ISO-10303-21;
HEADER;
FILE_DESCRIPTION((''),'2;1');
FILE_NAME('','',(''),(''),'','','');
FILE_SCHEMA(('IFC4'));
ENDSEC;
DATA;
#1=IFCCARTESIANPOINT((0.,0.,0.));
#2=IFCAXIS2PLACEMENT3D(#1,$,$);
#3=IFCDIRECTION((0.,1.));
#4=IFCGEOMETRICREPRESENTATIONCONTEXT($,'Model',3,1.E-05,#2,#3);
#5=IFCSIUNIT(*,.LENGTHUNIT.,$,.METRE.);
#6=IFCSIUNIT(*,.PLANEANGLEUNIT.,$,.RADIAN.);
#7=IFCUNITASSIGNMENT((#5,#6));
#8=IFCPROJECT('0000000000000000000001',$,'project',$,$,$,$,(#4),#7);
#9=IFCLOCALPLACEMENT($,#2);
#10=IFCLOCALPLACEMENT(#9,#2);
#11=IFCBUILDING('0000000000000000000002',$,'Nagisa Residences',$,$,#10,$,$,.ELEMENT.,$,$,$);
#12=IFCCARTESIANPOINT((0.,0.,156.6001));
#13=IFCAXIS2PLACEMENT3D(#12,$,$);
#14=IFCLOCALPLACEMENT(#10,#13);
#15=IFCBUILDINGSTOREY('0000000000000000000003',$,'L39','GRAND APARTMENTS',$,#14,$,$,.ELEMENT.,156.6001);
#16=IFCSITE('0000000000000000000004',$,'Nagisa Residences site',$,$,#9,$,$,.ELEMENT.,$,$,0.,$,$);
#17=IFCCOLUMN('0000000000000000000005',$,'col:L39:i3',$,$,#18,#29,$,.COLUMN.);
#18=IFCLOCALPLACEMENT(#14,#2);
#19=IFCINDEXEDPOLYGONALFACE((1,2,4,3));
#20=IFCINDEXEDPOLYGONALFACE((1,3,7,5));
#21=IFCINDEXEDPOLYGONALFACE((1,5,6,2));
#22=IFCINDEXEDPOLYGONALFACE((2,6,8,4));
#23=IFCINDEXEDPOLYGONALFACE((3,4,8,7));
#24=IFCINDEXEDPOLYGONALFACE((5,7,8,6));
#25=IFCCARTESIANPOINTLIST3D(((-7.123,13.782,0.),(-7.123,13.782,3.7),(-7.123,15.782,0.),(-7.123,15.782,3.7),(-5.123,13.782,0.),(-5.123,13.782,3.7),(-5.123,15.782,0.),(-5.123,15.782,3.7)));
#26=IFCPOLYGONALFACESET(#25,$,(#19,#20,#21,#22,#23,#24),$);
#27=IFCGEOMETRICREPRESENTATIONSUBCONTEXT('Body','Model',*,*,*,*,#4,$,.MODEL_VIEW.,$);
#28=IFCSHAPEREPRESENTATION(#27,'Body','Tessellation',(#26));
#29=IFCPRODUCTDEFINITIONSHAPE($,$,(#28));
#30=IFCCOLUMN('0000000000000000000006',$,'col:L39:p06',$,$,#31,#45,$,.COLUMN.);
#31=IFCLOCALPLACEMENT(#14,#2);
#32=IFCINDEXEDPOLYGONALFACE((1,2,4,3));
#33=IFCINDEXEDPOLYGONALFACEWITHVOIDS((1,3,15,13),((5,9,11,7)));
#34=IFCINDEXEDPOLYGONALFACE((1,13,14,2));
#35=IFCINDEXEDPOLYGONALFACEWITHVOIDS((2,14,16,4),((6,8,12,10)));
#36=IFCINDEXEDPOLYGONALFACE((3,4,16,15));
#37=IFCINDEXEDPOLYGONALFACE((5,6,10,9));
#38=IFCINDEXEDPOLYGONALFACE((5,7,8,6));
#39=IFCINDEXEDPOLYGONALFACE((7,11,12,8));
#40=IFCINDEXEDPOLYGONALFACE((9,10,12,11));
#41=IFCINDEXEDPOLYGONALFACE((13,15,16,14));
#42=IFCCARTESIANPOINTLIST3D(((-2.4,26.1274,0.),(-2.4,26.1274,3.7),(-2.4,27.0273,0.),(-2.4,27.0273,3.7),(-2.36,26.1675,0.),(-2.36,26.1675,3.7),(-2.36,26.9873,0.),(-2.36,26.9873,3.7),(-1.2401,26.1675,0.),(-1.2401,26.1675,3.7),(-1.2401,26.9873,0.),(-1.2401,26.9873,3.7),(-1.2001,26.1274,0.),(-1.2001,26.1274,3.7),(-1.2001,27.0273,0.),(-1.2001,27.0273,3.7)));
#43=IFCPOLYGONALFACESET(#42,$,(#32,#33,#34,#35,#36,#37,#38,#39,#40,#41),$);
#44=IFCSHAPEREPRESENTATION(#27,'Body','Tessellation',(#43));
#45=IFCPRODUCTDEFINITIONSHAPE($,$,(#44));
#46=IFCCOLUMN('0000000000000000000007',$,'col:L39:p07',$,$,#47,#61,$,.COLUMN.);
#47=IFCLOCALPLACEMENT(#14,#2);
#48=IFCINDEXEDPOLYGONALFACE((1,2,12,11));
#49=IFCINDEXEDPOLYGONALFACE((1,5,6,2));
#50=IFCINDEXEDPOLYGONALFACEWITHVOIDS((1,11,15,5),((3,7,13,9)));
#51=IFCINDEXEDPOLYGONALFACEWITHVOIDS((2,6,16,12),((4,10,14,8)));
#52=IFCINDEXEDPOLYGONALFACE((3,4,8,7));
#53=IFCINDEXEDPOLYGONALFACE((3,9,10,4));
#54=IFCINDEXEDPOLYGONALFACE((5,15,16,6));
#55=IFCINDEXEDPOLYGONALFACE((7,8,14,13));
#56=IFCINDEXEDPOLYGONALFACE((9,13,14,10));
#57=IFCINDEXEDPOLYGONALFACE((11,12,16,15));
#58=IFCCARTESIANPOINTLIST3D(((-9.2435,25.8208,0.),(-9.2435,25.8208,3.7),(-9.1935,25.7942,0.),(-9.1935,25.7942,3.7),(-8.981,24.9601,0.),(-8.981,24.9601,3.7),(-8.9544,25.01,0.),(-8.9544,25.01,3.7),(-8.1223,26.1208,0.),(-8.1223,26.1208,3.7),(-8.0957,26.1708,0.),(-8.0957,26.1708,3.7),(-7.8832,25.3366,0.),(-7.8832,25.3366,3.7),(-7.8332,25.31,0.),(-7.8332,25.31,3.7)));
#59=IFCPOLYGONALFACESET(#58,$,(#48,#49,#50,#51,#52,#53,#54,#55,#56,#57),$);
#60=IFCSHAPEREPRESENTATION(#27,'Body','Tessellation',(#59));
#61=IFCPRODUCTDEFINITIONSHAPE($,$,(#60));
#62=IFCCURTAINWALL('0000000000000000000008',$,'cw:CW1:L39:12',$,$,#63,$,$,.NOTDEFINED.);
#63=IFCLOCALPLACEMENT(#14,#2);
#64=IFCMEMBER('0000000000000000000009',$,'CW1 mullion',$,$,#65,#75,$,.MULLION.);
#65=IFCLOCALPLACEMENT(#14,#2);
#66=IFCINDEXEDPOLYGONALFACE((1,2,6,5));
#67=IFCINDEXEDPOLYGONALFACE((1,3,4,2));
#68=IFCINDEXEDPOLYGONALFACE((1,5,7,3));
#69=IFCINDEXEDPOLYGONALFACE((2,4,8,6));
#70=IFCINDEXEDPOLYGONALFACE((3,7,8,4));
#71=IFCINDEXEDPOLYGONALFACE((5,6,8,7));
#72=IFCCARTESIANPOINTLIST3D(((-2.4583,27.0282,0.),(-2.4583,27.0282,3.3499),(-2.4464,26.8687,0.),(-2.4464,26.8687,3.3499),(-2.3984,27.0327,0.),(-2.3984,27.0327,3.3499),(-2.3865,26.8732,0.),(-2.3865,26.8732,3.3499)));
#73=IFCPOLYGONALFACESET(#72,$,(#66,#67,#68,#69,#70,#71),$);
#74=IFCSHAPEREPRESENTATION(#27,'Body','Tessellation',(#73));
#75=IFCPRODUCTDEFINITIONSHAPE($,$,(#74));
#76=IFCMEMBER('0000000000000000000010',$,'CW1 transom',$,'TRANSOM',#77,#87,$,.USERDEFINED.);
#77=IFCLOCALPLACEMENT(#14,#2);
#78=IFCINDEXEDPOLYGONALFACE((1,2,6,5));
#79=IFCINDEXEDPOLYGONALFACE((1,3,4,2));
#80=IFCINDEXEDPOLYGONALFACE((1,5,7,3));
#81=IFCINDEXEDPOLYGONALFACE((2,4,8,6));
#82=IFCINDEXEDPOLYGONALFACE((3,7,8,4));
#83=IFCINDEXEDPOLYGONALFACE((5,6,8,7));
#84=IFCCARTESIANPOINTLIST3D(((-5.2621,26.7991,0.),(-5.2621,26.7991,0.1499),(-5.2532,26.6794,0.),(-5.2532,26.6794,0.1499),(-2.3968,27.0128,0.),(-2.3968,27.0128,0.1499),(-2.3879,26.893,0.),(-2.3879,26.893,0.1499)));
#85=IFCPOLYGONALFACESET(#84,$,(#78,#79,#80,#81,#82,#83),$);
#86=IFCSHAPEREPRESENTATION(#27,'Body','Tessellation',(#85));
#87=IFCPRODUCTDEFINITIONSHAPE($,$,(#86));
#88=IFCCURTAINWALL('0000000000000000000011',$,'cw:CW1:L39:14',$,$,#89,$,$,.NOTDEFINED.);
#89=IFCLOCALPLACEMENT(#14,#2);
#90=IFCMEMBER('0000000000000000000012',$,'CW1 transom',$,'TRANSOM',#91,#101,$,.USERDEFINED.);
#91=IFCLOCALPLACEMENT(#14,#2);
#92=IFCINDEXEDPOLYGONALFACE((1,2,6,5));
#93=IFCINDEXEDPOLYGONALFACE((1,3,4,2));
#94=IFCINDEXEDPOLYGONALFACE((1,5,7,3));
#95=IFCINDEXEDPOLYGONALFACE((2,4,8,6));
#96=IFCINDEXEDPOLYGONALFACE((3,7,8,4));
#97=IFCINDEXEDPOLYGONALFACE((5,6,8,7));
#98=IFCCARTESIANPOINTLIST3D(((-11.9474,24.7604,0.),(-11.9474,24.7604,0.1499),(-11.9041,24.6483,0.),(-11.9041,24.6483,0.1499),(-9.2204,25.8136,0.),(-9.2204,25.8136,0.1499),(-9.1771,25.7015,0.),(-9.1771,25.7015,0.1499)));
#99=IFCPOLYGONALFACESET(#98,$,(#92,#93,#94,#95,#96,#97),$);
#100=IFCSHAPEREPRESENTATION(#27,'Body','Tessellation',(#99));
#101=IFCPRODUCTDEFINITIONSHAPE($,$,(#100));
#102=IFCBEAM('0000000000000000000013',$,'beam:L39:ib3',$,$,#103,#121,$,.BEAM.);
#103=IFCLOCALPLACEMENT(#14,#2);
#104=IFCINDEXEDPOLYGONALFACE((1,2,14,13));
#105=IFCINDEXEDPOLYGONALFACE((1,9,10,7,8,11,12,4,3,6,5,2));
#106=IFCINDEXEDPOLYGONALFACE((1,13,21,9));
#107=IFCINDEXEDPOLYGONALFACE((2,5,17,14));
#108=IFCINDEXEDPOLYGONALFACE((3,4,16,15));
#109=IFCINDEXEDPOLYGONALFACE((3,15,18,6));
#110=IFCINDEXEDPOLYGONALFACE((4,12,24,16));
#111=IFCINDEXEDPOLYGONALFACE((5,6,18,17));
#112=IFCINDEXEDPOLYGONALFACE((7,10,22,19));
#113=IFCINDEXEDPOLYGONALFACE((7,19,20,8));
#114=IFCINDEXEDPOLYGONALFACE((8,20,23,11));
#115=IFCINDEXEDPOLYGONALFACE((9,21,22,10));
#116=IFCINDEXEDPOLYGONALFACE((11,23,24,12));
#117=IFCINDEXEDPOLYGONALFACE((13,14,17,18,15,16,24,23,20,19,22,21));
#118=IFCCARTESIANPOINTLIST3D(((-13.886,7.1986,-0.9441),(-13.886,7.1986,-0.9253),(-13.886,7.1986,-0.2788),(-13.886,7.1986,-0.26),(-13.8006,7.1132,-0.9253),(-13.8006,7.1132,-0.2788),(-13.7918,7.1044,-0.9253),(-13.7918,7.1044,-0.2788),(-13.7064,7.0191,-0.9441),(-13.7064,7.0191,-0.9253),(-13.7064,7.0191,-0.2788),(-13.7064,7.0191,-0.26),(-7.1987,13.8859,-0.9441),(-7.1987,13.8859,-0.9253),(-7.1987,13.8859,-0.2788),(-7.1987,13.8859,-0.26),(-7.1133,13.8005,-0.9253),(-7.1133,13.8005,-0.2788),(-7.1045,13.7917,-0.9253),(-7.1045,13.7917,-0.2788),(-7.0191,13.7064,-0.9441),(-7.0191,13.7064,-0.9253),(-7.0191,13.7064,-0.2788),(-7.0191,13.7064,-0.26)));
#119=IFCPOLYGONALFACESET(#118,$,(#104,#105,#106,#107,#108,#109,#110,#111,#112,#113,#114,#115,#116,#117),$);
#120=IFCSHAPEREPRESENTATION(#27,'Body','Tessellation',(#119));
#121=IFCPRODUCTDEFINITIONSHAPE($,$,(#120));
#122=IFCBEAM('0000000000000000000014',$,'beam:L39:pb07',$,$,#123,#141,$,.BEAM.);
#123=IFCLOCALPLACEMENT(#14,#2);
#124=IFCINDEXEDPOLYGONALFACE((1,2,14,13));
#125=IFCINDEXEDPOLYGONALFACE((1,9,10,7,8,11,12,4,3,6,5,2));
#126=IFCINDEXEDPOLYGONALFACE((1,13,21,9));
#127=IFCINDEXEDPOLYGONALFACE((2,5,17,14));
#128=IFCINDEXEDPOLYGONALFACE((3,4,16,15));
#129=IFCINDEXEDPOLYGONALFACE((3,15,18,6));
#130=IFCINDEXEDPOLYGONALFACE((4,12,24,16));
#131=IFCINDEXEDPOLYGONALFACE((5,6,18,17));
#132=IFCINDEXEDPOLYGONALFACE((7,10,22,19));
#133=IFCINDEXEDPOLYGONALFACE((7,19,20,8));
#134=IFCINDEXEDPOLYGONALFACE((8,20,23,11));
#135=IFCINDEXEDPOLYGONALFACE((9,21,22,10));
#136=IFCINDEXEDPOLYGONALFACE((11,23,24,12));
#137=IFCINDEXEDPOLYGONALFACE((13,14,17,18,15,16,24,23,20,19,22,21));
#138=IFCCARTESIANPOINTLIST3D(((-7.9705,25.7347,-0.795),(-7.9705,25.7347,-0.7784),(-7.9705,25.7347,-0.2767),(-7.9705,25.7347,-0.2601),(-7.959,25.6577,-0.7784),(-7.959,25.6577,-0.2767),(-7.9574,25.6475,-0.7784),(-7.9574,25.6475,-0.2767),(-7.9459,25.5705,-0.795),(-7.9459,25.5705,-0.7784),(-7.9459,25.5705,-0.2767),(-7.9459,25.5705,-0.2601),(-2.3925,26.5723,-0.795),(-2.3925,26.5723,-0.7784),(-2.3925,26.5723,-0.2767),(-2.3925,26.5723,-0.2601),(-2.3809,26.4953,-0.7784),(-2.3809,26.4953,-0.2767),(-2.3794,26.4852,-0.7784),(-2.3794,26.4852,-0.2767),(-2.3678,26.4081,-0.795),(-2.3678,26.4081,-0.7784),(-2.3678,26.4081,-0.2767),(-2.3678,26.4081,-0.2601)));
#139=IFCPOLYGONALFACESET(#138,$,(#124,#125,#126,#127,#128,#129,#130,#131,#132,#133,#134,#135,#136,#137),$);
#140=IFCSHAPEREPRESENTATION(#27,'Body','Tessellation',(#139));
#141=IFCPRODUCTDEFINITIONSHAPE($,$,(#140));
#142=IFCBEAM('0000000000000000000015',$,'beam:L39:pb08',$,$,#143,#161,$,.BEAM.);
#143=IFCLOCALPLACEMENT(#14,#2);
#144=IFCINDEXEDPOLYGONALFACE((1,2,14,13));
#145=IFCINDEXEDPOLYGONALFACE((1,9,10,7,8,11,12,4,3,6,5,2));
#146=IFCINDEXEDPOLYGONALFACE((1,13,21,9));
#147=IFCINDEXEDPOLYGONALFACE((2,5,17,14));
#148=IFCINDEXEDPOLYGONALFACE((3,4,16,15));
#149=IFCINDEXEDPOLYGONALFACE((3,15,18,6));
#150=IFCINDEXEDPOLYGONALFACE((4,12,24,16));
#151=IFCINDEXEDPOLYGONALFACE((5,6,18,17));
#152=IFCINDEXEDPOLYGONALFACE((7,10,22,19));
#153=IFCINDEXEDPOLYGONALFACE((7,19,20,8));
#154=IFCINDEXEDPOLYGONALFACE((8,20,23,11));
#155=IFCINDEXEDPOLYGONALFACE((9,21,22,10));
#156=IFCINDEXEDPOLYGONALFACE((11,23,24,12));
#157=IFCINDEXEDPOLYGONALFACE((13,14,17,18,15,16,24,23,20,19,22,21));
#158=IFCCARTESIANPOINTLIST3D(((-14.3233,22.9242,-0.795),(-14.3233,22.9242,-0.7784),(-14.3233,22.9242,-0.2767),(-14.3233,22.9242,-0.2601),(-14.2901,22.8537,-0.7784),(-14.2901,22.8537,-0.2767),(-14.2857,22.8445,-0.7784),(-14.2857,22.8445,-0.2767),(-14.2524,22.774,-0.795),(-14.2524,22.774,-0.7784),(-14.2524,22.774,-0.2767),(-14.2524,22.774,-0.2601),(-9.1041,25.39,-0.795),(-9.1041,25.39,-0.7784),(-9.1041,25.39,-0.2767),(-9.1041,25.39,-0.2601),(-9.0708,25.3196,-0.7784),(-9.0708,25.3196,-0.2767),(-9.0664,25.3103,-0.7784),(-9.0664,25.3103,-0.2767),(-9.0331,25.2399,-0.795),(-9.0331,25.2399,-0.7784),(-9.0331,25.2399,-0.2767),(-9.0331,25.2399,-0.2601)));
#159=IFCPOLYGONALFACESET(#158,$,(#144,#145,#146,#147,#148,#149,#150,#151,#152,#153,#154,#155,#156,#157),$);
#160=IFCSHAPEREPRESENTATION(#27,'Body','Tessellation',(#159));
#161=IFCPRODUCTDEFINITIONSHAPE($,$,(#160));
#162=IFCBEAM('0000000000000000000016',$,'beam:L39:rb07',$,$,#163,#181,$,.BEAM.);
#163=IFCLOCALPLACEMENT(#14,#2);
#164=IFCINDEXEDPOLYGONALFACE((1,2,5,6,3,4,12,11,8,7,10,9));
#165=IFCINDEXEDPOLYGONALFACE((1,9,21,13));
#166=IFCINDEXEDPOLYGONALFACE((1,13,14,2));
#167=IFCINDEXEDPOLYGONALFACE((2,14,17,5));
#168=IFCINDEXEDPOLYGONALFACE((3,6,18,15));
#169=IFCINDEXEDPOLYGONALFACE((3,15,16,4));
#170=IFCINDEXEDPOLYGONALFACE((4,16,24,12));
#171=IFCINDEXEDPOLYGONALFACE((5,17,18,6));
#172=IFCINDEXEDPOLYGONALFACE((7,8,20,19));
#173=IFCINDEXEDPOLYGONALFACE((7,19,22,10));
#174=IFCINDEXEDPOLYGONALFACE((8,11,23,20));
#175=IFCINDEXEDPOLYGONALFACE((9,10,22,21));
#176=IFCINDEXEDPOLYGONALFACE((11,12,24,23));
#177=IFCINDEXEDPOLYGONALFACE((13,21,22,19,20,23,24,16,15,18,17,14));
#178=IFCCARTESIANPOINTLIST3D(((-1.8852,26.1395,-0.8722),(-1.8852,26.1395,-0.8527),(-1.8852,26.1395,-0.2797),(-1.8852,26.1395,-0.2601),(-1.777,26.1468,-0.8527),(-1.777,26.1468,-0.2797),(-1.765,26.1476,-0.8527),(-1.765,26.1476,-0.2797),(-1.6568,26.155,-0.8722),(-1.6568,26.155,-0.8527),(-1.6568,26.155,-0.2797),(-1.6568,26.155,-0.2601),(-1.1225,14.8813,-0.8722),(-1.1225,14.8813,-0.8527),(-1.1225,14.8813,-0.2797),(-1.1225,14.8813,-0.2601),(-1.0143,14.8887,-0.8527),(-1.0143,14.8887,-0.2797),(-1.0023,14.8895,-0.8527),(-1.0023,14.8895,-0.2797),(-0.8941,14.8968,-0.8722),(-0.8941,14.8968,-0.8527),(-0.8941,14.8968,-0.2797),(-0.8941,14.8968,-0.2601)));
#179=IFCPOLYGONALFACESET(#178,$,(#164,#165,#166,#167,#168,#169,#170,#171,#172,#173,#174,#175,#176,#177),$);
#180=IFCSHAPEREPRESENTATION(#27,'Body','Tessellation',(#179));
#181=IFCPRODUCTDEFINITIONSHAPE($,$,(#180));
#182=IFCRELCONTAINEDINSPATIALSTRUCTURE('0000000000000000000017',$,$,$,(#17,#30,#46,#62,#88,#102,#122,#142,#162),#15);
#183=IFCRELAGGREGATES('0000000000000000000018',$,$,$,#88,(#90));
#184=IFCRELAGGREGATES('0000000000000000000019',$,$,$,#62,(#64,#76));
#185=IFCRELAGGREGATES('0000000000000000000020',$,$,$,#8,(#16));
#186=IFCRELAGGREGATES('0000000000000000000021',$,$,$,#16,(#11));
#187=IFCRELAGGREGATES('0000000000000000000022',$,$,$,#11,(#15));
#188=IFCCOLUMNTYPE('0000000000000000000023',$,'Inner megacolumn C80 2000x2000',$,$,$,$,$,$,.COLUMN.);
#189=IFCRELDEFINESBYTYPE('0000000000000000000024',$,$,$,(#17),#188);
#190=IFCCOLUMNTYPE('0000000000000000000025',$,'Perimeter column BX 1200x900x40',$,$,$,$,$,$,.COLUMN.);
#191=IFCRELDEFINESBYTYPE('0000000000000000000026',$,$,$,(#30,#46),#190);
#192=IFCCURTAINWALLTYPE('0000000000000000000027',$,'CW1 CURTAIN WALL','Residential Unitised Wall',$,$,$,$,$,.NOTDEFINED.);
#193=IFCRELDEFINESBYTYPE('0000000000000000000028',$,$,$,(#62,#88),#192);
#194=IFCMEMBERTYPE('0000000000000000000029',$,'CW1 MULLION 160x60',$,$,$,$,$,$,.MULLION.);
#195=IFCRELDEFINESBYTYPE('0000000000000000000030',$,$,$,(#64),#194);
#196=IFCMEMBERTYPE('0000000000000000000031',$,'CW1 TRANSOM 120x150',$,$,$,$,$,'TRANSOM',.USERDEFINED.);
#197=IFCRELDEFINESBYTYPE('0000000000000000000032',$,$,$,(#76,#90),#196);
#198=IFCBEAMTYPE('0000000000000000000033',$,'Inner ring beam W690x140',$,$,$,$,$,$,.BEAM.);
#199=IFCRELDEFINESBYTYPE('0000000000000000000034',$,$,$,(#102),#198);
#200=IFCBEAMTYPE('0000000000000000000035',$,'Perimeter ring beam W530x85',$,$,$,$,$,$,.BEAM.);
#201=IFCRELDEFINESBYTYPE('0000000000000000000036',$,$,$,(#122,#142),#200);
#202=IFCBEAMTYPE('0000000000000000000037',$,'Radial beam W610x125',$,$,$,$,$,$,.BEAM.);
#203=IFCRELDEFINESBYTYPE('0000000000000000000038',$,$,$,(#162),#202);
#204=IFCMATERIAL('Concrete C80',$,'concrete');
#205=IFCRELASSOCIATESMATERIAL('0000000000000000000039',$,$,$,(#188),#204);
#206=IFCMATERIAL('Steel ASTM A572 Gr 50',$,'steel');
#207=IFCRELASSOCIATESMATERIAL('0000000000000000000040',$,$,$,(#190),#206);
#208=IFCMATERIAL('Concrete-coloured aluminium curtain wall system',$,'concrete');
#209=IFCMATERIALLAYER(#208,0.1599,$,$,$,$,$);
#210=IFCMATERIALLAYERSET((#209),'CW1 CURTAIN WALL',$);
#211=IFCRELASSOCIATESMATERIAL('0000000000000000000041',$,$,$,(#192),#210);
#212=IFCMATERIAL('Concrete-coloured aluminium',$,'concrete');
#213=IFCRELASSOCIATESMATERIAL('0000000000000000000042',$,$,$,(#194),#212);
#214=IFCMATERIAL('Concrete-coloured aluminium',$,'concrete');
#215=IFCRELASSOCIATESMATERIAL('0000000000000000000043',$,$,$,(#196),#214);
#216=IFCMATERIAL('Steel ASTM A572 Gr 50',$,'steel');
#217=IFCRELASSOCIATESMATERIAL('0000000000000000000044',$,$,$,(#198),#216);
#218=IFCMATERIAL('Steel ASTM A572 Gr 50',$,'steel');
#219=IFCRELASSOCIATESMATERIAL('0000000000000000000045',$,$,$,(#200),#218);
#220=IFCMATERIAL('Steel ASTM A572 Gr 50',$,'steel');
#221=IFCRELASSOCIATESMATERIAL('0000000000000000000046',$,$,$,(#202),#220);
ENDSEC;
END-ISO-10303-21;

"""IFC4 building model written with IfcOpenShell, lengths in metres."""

from ifc_helpers import new_model, si_unit, direction, frame, origin, origin_2d, place, context, subcontext, project, spatial, rectangle, hollow_rectangle, i_section, extrude, material, layer, layer_set, material_profile, profile_set, type_object, element, aggregate, save


model = new_model("IFC4")

# Units and contexts
model_context = context("Model", 3, precision=1e-05, world=origin(), true_north=direction((0.0, 1.0)))
body_context = subcontext(model_context, "Body", "Model", "MODEL_VIEW")
ifc_project = project(units=[si_unit("LENGTHUNIT", "METRE"), si_unit("PLANEANGLEUNIT", "RADIAN")], contexts=[model_context])

# Site, building, storey
site_placement = place(None, origin())
site = spatial("IfcSite", under=ifc_project, at=site_placement, Name="Nagisa Residences site", CompositionType="ELEMENT", RefElevation=0.0)
building_placement = place(site_placement, origin())
building = spatial("IfcBuilding", under=site, at=building_placement, Name="Nagisa Residences", CompositionType="ELEMENT")
storey_placement = place(building_placement, frame((0.0, 0.0, 156.6001)))
storey = spatial("IfcBuildingStorey", under=building, at=storey_placement, Name="L39", Description="GRAND APARTMENTS", CompositionType="ELEMENT", Elevation=156.6001)

# Columns
ifc_material_1 = material(Name="Concrete C80", Category="concrete")
ifc_material_profile_1 = material_profile(ifc_material_1, rectangle(XDim=2.0, YDim=2.0, at=origin_2d()), Name="C80 2000x2000")
ifc_profile_set_1 = profile_set([ifc_material_profile_1], Name="Concrete C80")
column_type_1 = type_object("IfcColumnType", Name="Inner megacolumn C80 2000x2000", PredefinedType="COLUMN", material=ifc_profile_set_1)
column_placement = place(storey_placement, frame((-6.123, 14.782, 0.0), z_axis=(0.0, 0.0, 1.0), x_axis=(1.0, 0.0, 0.0)))
element("IfcColumn", 1, at=column_placement, inside=storey, type_object=column_type_1, Name="col:L39:i3", PredefinedType="COLUMN", context=body_context, shape_type="SweptSolid", body=[
    extrude(rectangle(XDim=2.0, YDim=2.0, at=origin_2d()), origin(), (0.0, 0.0, 1.0), 3.7),
])
ifc_material_2 = material(Name="Steel ASTM A572 Gr 50", Category="steel")
ifc_material_profile_2 = material_profile(ifc_material_2, hollow_rectangle(XDim=1.2, YDim=0.8999, WallThickness=0.04, at=origin_2d()), Name="BX 1200x900x40")
ifc_profile_set_2 = profile_set([ifc_material_profile_2], Name="Steel ASTM A572 Gr 50")
column_type_2 = type_object("IfcColumnType", Name="Perimeter column BX 1200x900x40", PredefinedType="COLUMN", material=ifc_profile_set_2)
for number, where, z_axis, x_axis, name in (
    (2, (-1.8, 26.5774, 0.0), (0.0, 0.0, 1.0), (-1.0, 0.0, 0.0), "col:L39:p06"),
    (3, (-8.5383, 25.5654, 0.0), (0.0, 0.0, 1.0), (-0.956525, -0.291652, 0.0), "col:L39:p07"),
):
    element("IfcColumn", number, at=place(storey_placement, frame(where, z_axis=z_axis, x_axis=x_axis)), inside=storey, type_object=column_type_2, Name=name, PredefinedType="COLUMN", context=body_context, shape_type="SweptSolid", body=[
        extrude(hollow_rectangle(XDim=1.2, YDim=0.8999, WallThickness=0.04, at=origin_2d()), origin(), (0.0, 0.0, 1.0), 3.7),
    ])

# Curtain wall, members
ifc_material_3 = material(Name="Concrete-coloured aluminium curtain wall system", Category="concrete")
ifc_layer_1 = layer(ifc_material_3, 0.1599)
ifc_layer_set_1 = layer_set([ifc_layer_1], Name="CW1 CURTAIN WALL")
curtain_wall_type = type_object("IfcCurtainWallType", Name="CW1 CURTAIN WALL", Description="Residential Unitised Wall", PredefinedType="NOTDEFINED", material=ifc_layer_set_1)
curtain_wall_1_placement = place(storey_placement, origin())
curtain_wall_1 = element("IfcCurtainWall", 4, at=curtain_wall_1_placement, inside=storey, type_object=curtain_wall_type, Name="cw:CW1:L39:12", PredefinedType="NOTDEFINED")
ifc_material_4 = material(Name="Concrete-coloured aluminium", Category="concrete")
ifc_material_profile_3 = material_profile(ifc_material_4, rectangle(XDim=0.1599, YDim=0.0601, at=origin_2d()), Name="CW1 MULLION 160x60")
ifc_profile_set_3 = profile_set([ifc_material_profile_3], Name="Concrete-coloured aluminium")
member_type_1 = type_object("IfcMemberType", Name="CW1 MULLION 160x60", PredefinedType="MULLION", material=ifc_profile_set_3)
member_1_placement = place(storey_placement, frame((-2.4224, 26.9507, 0.0), z_axis=(0.0, 0.0, 1.0), x_axis=(0.074377, -0.99723, 0.0)))
member_1 = element("IfcMember", 5, at=member_1_placement, type_object=member_type_1, Name="CW1 mullion", PredefinedType="MULLION", context=body_context, shape_type="SweptSolid", body=[
    extrude(rectangle(XDim=0.1599, YDim=0.0601, at=origin_2d()), origin(), (0.0, 0.0, 1.0), 3.3499),
])
ifc_material_5 = material(Name="Concrete-coloured aluminium", Category="concrete")
ifc_material_profile_4 = material_profile(ifc_material_5, rectangle(XDim=0.1201, YDim=0.1499, at=origin_2d()), Name="CW1 TRANSOM 120x150")
ifc_profile_set_4 = profile_set([ifc_material_profile_4], Name="Concrete-coloured aluminium")
member_type_2 = type_object("IfcMemberType", Name="CW1 TRANSOM 120x150", ElementType="TRANSOM", PredefinedType="USERDEFINED", material=ifc_profile_set_4)
member_2_placement = place(storey_placement, frame((-2.3923, 26.9529, 0.075), z_axis=(-0.997232, -0.074351, 0.0), x_axis=(0.074351, -0.997232, 0.0)))
member_2 = element("IfcMember", 6, at=member_2_placement, type_object=member_type_2, Name="CW1 transom", ObjectType="TRANSOM", PredefinedType="USERDEFINED", context=body_context, shape_type="SweptSolid", body=[
    extrude(rectangle(XDim=0.1201, YDim=0.1499, at=origin_2d()), origin(), (0.0, 0.0, 1.0), 2.8733),
])

# Curtain wall, member
curtain_wall_2_placement = place(storey_placement, origin())
curtain_wall_2 = element("IfcCurtainWall", 7, at=curtain_wall_2_placement, inside=storey, type_object=curtain_wall_type, Name="cw:CW1:L39:14", PredefinedType="NOTDEFINED")
member_3_placement = place(storey_placement, frame((-9.1987, 25.7576, 0.075), z_axis=(-0.932845, -0.360277, 0.0), x_axis=(0.360277, -0.932845, 0.0)))
member_3 = element("IfcMember", 8, at=member_3_placement, type_object=member_type_2, Name="CW1 transom", ObjectType="TRANSOM", PredefinedType="USERDEFINED", context=body_context, shape_type="SweptSolid", body=[
    extrude(rectangle(XDim=0.1201, YDim=0.1499, at=origin_2d()), origin(), (0.0, 0.0, 1.0), 2.9233),
])
aggregate(curtain_wall_2, [member_3])

# Beams
ifc_material_6 = material(Name="Steel ASTM A572 Gr 50", Category="steel")
ifc_material_profile_5 = material_profile(ifc_material_6, i_section(OverallWidth=0.2539, OverallDepth=0.6841, WebThickness=0.0125, FlangeThickness=0.0188, at=origin_2d()), Name="W690x140")
ifc_profile_set_5 = profile_set([ifc_material_profile_5], Name="Steel ASTM A572 Gr 50")
beam_type_1 = type_object("IfcBeamType", Name="Inner ring beam W690x140", PredefinedType="BEAM", material=ifc_profile_set_5)
beam_1_placement = place(storey_placement, frame((-7.1089, 13.7961, -0.6021), z_axis=(-0.707107, -0.707107, 0.0), x_axis=(0.707107, -0.707107, 0.0)))
element("IfcBeam", 9, at=beam_1_placement, inside=storey, type_object=beam_type_1, Name="beam:L39:ib3", PredefinedType="BEAM", context=body_context, shape_type="SweptSolid", body=[
    extrude(i_section(OverallWidth=0.2539, OverallDepth=0.6841, WebThickness=0.0125, FlangeThickness=0.0188, at=origin_2d()), origin(), (0.0, 0.0, 1.0), 9.4573),
])
ifc_material_7 = material(Name="Steel ASTM A572 Gr 50", Category="steel")
ifc_material_profile_6 = material_profile(ifc_material_7, i_section(OverallWidth=0.166, OverallDepth=0.5349, WebThickness=0.0103, FlangeThickness=0.0166, at=origin_2d()), Name="W530x85")
ifc_profile_set_6 = profile_set([ifc_material_profile_6], Name="Steel ASTM A572 Gr 50")
beam_type_2 = type_object("IfcBeamType", Name="Perimeter ring beam W530x85", PredefinedType="BEAM", material=ifc_profile_set_6)
beam_2_placement = place(storey_placement, frame((-2.3801, 26.4902, -0.5276), z_axis=(-0.988912, -0.148501, 0.0), x_axis=(0.148501, -0.988912, 0.0)))
element("IfcBeam", 10, at=beam_2_placement, inside=storey, type_object=beam_type_2, Name="beam:L39:pb07", PredefinedType="BEAM", context=body_context, shape_type="SweptSolid", body=[
    extrude(i_section(OverallWidth=0.166, OverallDepth=0.5349, WebThickness=0.0103, FlangeThickness=0.0166, at=origin_2d()), origin(), (0.0, 0.0, 1.0), 5.6406),
])
beam_3_placement = place(storey_placement, frame((-9.0686, 25.3149, -0.5276), z_axis=(-0.90417, -0.427173, 0.0), x_axis=(0.427173, -0.90417, 0.0)))
element("IfcBeam", 11, at=beam_3_placement, inside=storey, type_object=beam_type_2, Name="beam:L39:pb08", PredefinedType="BEAM", context=body_context, shape_type="SweptSolid", body=[
    extrude(i_section(OverallWidth=0.166, OverallDepth=0.5349, WebThickness=0.0103, FlangeThickness=0.0166, at=origin_2d()), origin(), (0.0, 0.0, 1.0), 5.7725),
])
ifc_material_8 = material(Name="Steel ASTM A572 Gr 50", Category="steel")
ifc_material_profile_7 = material_profile(ifc_material_8, i_section(OverallWidth=0.229, OverallDepth=0.6121, WebThickness=0.012, FlangeThickness=0.0195, at=origin_2d()), Name="W610x125")
ifc_profile_set_7 = profile_set([ifc_material_profile_7], Name="Steel ASTM A572 Gr 50")
beam_type_3 = type_object("IfcBeamType", Name="Radial beam W610x125", PredefinedType="BEAM", material=ifc_profile_set_7)
beam_4_placement = place(storey_placement, frame((-1.771, 26.1472, -0.5662), z_axis=(0.067592, -0.997713, 0.0), x_axis=(0.997713, 0.067592, 0.0)))
element("IfcBeam", 12, at=beam_4_placement, inside=storey, type_object=beam_type_3, Name="beam:L39:rb07", PredefinedType="BEAM", context=body_context, shape_type="SweptSolid", body=[
    extrude(i_section(OverallWidth=0.229, OverallDepth=0.6121, WebThickness=0.012, FlangeThickness=0.0195, at=origin_2d()), origin(), (0.0, 0.0, 1.0), 11.2839),
])

aggregate(curtain_wall_1, [member_1, member_2])

save(model, "model.ifc")
